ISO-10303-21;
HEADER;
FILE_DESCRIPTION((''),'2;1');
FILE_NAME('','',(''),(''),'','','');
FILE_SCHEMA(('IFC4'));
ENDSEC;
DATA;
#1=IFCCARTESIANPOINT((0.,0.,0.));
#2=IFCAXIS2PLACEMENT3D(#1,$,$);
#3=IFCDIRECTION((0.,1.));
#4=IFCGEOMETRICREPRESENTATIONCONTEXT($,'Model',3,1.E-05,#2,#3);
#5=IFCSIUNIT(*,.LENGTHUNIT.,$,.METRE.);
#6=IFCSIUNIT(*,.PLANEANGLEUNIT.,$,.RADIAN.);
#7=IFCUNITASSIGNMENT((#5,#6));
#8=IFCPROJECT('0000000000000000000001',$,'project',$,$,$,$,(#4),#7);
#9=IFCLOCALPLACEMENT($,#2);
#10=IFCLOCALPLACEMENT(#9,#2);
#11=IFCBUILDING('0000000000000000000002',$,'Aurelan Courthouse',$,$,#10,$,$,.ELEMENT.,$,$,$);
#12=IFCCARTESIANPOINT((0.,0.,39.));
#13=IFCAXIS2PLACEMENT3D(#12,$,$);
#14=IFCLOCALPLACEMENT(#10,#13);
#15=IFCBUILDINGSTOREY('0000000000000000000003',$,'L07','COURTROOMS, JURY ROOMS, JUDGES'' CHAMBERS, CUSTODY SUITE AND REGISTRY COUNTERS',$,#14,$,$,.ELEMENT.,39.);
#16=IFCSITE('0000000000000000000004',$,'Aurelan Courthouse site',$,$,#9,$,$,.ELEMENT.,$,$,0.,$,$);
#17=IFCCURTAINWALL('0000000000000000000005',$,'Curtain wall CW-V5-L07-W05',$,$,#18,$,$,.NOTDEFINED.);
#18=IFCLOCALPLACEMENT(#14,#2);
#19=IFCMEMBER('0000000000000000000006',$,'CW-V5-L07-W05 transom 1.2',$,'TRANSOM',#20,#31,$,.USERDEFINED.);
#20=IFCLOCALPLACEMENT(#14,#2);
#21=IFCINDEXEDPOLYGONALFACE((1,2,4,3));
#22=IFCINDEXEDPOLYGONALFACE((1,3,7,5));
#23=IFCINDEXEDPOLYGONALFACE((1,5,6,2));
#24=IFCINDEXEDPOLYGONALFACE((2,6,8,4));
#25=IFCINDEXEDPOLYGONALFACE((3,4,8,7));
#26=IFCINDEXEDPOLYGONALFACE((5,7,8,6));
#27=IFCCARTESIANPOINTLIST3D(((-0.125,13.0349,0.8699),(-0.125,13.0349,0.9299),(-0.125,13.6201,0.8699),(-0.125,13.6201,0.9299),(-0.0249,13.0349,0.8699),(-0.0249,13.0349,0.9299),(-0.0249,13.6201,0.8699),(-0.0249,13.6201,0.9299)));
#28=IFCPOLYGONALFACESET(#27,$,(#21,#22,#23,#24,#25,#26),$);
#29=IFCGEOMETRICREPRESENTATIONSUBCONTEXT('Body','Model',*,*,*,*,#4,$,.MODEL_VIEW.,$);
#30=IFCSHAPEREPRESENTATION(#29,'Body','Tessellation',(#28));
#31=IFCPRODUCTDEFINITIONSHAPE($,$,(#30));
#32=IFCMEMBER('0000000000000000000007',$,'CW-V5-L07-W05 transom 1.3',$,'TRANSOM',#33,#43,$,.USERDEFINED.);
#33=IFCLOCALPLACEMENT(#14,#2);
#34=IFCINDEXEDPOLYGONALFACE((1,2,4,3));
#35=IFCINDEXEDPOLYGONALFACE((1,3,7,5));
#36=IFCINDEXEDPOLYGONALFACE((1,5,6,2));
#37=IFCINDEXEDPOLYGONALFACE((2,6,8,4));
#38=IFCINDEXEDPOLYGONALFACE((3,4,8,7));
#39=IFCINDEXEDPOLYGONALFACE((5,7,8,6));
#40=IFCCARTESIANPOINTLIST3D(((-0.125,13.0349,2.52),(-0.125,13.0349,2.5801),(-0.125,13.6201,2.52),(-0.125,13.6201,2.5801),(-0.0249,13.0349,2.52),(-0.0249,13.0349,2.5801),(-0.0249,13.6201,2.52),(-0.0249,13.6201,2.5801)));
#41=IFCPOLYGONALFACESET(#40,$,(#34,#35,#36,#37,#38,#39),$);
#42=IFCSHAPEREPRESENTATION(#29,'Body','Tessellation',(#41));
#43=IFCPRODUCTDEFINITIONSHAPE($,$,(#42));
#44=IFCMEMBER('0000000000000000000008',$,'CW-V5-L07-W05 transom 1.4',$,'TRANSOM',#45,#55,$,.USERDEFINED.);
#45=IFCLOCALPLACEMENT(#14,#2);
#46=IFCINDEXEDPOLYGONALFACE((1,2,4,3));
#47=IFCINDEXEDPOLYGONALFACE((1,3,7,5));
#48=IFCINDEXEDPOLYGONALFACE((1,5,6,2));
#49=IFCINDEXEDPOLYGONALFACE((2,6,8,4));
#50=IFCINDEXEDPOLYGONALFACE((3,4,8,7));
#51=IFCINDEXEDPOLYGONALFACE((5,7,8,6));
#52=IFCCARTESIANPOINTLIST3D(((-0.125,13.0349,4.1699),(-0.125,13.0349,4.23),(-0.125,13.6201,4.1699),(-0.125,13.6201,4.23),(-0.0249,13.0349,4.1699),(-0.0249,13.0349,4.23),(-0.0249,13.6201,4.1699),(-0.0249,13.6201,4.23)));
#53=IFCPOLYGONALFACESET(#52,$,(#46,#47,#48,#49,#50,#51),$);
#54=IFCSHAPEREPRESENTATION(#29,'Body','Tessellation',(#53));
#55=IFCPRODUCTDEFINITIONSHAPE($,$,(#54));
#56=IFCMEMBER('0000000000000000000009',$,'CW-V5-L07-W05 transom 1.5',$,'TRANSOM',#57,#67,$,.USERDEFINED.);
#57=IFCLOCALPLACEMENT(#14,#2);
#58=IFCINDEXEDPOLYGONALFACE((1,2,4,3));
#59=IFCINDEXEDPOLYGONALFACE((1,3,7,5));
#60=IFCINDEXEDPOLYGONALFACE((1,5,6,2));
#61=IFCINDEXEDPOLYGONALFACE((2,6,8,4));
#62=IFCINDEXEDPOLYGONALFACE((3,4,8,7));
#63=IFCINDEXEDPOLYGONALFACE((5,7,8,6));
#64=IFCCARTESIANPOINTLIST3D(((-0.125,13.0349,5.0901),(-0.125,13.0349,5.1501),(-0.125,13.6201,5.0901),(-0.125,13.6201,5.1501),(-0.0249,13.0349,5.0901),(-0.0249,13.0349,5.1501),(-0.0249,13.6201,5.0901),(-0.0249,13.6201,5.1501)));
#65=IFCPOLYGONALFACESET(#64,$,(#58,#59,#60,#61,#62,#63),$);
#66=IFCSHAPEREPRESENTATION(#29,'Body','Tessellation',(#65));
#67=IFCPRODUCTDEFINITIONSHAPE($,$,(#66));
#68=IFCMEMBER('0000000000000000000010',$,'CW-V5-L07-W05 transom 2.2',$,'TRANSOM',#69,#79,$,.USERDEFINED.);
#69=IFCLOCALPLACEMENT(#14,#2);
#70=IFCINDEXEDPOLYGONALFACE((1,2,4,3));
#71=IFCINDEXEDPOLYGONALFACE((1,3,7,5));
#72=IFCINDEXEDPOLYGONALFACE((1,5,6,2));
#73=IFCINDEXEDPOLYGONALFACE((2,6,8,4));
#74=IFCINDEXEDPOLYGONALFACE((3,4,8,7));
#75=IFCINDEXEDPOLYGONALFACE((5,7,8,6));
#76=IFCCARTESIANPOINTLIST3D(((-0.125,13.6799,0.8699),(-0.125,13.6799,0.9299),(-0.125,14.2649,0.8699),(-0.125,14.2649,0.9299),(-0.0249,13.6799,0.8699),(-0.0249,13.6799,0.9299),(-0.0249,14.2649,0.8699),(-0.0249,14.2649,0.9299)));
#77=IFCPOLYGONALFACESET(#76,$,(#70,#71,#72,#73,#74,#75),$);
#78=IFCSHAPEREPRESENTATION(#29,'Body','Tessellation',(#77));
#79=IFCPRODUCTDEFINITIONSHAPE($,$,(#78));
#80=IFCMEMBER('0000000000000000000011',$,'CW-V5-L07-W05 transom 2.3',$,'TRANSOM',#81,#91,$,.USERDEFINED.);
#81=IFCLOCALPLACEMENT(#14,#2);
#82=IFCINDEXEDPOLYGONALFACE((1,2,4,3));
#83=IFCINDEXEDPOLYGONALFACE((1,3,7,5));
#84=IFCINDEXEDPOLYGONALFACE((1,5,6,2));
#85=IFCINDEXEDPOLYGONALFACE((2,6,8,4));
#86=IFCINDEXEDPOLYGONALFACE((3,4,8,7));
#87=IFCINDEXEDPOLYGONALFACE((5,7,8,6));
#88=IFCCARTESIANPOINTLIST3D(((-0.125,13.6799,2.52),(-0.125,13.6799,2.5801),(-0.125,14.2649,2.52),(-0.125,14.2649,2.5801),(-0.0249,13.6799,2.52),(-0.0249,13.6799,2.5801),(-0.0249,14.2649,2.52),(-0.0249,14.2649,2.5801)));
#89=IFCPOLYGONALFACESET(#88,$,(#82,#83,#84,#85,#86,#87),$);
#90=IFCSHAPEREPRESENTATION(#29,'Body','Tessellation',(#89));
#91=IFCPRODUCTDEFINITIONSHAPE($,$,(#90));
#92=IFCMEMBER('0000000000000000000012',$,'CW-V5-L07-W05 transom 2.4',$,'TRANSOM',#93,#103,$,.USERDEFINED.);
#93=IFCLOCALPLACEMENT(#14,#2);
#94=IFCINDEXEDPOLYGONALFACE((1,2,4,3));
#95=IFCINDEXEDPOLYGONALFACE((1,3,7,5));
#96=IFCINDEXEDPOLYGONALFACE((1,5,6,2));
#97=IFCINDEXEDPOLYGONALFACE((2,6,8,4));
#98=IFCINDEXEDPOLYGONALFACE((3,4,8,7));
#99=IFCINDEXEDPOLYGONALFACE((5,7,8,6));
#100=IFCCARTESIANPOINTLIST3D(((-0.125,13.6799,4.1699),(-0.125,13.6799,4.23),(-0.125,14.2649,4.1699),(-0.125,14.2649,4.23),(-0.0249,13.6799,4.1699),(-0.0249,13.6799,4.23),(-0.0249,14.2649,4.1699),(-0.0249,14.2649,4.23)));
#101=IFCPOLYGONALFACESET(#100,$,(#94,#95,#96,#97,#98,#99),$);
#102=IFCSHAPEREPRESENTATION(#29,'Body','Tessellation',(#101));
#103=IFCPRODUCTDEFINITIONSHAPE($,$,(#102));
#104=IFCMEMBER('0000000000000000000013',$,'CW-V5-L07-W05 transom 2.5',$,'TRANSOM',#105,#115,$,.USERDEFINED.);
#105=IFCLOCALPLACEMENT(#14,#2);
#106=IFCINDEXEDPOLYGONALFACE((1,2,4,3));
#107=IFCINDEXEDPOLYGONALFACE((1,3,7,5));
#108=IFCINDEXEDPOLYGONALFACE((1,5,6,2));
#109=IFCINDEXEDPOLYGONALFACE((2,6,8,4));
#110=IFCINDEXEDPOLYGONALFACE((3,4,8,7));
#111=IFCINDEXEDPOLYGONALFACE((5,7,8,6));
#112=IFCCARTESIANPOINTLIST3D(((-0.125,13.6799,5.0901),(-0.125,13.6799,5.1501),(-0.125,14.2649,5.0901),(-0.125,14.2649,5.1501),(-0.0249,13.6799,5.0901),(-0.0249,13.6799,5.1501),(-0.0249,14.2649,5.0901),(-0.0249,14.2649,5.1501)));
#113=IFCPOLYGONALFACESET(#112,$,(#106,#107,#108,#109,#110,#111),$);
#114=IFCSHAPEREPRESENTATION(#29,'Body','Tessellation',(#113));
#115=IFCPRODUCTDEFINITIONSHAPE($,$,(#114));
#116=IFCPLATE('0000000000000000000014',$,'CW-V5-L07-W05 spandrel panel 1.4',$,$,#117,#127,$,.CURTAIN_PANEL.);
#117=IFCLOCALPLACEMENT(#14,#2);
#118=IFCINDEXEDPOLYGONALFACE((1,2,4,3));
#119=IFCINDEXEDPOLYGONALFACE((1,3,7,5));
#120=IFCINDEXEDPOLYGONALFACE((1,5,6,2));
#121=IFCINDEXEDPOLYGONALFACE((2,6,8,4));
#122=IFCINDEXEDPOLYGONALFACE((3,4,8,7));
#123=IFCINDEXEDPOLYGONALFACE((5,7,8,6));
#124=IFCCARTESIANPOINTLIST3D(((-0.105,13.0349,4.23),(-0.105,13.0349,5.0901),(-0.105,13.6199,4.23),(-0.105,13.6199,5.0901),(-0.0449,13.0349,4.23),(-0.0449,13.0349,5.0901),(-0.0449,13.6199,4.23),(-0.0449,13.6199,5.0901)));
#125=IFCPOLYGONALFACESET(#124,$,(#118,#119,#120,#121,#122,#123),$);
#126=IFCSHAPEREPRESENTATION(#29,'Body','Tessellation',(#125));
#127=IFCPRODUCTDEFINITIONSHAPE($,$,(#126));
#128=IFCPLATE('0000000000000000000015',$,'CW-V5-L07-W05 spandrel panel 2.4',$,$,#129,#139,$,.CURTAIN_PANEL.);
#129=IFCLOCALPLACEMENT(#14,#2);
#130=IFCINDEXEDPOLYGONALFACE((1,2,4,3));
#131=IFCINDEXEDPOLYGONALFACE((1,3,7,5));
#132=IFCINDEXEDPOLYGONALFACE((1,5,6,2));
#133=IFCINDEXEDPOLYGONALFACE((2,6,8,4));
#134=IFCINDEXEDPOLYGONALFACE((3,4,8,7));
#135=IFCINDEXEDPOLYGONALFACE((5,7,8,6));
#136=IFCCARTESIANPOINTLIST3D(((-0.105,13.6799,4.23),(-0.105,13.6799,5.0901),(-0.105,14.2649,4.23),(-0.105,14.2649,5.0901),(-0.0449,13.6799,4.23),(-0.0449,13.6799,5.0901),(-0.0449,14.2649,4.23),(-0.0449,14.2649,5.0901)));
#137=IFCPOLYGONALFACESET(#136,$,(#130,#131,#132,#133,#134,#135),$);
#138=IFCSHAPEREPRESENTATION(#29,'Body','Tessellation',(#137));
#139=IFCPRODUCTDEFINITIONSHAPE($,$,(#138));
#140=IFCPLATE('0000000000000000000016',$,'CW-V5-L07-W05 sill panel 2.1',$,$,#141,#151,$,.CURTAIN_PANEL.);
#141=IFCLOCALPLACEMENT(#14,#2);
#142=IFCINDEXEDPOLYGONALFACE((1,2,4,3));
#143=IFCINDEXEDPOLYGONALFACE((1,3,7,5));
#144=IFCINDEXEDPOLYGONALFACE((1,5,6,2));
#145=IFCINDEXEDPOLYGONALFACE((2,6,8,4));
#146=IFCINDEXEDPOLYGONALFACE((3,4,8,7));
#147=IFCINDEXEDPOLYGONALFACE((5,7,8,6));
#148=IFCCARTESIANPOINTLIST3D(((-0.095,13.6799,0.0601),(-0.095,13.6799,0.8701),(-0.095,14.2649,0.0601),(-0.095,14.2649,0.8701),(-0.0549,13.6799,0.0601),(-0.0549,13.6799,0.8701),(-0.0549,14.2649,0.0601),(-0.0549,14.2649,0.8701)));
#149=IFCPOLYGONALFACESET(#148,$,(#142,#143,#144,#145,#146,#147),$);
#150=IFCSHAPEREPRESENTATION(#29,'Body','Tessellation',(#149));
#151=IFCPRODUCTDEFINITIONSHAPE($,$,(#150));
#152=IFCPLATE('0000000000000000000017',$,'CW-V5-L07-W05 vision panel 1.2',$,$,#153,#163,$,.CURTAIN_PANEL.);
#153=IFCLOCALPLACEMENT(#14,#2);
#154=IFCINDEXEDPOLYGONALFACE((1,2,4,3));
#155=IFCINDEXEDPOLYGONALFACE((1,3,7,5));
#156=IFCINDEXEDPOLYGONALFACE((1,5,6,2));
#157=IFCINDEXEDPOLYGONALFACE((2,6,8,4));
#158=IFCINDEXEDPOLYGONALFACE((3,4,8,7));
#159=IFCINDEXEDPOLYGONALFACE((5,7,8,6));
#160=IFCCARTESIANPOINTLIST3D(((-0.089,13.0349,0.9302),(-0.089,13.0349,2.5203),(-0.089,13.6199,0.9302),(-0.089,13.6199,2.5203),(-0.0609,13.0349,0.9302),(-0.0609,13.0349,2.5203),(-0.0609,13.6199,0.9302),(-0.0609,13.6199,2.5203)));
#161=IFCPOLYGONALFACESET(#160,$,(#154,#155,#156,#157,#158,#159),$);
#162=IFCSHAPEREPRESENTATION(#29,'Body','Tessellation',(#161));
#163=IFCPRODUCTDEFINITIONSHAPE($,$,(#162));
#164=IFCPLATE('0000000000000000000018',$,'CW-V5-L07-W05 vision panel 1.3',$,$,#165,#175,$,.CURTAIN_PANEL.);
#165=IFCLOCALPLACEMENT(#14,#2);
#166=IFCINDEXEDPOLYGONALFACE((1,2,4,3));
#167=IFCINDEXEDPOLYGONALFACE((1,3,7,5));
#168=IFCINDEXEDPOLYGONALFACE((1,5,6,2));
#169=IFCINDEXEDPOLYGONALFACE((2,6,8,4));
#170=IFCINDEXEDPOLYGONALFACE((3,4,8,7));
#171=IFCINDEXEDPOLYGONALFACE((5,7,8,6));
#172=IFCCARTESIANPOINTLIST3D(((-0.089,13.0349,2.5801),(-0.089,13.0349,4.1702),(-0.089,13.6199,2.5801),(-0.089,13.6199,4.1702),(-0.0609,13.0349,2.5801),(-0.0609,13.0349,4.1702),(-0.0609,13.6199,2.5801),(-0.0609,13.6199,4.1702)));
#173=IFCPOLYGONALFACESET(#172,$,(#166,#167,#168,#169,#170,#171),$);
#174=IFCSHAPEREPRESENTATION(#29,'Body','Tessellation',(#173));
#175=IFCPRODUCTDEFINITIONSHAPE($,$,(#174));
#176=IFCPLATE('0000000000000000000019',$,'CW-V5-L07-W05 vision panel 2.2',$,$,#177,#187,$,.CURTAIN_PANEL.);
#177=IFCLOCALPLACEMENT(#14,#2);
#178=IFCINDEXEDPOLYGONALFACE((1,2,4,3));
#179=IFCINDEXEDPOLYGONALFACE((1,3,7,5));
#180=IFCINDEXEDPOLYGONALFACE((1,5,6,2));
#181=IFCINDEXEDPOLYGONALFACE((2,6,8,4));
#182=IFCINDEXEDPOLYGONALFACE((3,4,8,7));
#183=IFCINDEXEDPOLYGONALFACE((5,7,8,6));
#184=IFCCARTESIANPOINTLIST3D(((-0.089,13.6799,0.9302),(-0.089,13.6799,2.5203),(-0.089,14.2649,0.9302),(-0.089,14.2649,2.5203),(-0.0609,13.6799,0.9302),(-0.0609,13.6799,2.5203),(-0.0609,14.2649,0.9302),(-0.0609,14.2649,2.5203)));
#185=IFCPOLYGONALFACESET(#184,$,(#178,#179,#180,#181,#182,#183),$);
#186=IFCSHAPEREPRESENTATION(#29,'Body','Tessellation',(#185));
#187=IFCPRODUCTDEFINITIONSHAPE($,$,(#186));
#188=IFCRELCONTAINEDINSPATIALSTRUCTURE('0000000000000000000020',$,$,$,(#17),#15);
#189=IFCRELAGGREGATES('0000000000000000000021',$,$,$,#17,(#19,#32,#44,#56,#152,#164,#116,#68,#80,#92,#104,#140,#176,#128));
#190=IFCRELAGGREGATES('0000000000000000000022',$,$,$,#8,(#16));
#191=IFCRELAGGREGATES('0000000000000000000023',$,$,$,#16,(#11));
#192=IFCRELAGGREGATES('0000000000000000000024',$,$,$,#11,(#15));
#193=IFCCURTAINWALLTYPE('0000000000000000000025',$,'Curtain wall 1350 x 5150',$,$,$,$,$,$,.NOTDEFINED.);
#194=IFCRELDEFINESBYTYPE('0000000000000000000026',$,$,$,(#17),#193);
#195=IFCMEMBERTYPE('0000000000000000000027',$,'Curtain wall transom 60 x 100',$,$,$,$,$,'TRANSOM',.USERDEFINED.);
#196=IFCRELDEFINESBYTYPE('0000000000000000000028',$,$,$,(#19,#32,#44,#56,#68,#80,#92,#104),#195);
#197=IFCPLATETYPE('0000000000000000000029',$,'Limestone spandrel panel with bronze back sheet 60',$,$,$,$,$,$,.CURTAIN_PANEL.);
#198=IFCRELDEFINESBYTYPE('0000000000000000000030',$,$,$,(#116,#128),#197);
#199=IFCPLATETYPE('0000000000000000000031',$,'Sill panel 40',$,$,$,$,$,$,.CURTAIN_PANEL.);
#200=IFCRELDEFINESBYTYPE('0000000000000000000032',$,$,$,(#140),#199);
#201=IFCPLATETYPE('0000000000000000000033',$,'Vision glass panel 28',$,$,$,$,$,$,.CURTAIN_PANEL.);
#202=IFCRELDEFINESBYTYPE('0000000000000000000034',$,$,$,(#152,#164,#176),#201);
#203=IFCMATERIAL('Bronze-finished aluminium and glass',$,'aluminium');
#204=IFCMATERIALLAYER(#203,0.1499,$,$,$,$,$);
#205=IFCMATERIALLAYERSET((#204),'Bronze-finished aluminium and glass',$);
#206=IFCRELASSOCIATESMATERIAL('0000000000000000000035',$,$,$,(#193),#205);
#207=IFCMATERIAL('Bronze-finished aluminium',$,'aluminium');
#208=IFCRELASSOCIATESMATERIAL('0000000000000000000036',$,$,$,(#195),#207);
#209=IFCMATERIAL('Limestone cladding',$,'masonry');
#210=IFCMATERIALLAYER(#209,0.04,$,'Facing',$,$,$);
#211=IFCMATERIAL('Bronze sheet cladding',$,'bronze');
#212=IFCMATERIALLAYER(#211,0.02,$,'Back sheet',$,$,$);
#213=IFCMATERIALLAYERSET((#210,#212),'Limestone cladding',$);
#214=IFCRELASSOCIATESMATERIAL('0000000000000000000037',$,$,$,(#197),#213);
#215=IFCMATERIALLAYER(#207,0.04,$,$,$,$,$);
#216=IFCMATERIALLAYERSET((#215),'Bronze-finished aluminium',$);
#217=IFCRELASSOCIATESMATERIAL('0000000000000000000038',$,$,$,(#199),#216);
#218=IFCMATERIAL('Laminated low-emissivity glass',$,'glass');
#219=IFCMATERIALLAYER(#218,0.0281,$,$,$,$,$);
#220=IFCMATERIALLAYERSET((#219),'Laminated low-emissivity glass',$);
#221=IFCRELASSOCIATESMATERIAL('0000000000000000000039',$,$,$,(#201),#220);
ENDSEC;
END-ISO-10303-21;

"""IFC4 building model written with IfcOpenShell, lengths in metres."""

from ifc_helpers import new_model, si_unit, direction, frame, origin, origin_2d, place, context, subcontext, project, spatial, rectangle, extrude, material, layer, layer_set, material_profile, profile_set, type_object, element, aggregate, save


model = new_model("IFC4")

# Units and contexts
model_context = context("Model", 3, precision=1e-05, world=origin(), true_north=direction((0.0, 1.0)))
body_context = subcontext(model_context, "Body", "Model", "MODEL_VIEW")
ifc_project = project(units=[si_unit("LENGTHUNIT", "METRE"), si_unit("PLANEANGLEUNIT", "RADIAN")], contexts=[model_context])

# Site, building, storey
site_placement = place(None, origin())
site = spatial("IfcSite", under=ifc_project, at=site_placement, Name="Aurelan Courthouse site", CompositionType="ELEMENT", RefElevation=0.0)
building_placement = place(site_placement, origin())
building = spatial("IfcBuilding", under=site, at=building_placement, Name="Aurelan Courthouse", CompositionType="ELEMENT")
storey_placement = place(building_placement, frame((0.0, 0.0, 39.0)))
storey = spatial("IfcBuildingStorey", under=building, at=storey_placement, Name="L07", Description="COURTROOMS, JURY ROOMS, JUDGES' CHAMBERS, CUSTODY SUITE AND REGISTRY COUNTERS", CompositionType="ELEMENT", Elevation=39.0)

# Curtain wall, members, plates
ifc_material_1 = material(Name="Bronze-finished aluminium and glass", Category="aluminium")
ifc_layer_1 = layer(ifc_material_1, 0.1499)
ifc_layer_set_1 = layer_set([ifc_layer_1], Name="Bronze-finished aluminium and glass")
curtain_wall_type = type_object("IfcCurtainWallType", Name="Curtain wall 1350 x 5150", PredefinedType="NOTDEFINED", material=ifc_layer_set_1)
curtain_wall_placement = place(storey_placement, origin())
curtain_wall = element("IfcCurtainWall", 1, at=curtain_wall_placement, inside=storey, type_object=curtain_wall_type, Name="Curtain wall CW-V5-L07-W05", PredefinedType="NOTDEFINED")
ifc_material_2 = material(Name="Bronze-finished aluminium", Category="aluminium")
ifc_material_profile = material_profile(ifc_material_2, rectangle(XDim=0.1001, YDim=0.0601, at=origin_2d()), Name="Bronze transom 60 x 100")
ifc_profile_set = profile_set([ifc_material_profile], Name="Bronze-finished aluminium")
member_type = type_object("IfcMemberType", Name="Curtain wall transom 60 x 100", ElementType="TRANSOM", PredefinedType="USERDEFINED", material=ifc_profile_set)
member_1_placement = place(storey_placement, frame((-0.075, 13.0349, 0.8999), z_axis=(0.0, 1.0, 0.0), x_axis=(-1.0, 0.0, 0.0)))
member_1 = element("IfcMember", 2, at=member_1_placement, type_object=member_type, Name="CW-V5-L07-W05 transom 1.2", ObjectType="TRANSOM", PredefinedType="USERDEFINED", context=body_context, shape_type="SweptSolid", body=[
    extrude(rectangle(XDim=0.1001, YDim=0.0601, at=origin_2d()), origin(), (0.0, 0.0, 1.0), 0.5852),
])
member_2_placement = place(storey_placement, frame((-0.075, 13.0349, 2.55), z_axis=(0.0, 1.0, 0.0), x_axis=(-1.0, 0.0, 0.0)))
member_2 = element("IfcMember", 3, at=member_2_placement, type_object=member_type, Name="CW-V5-L07-W05 transom 1.3", ObjectType="TRANSOM", PredefinedType="USERDEFINED", context=body_context, shape_type="SweptSolid", body=[
    extrude(rectangle(XDim=0.1001, YDim=0.0601, at=origin_2d()), origin(), (0.0, 0.0, 1.0), 0.5852),
])
member_3_placement = place(storey_placement, frame((-0.075, 13.0349, 4.2), z_axis=(0.0, 1.0, 0.0), x_axis=(-1.0, 0.0, 0.0)))
member_3 = element("IfcMember", 4, at=member_3_placement, type_object=member_type, Name="CW-V5-L07-W05 transom 1.4", ObjectType="TRANSOM", PredefinedType="USERDEFINED", context=body_context, shape_type="SweptSolid", body=[
    extrude(rectangle(XDim=0.1001, YDim=0.0601, at=origin_2d()), origin(), (0.0, 0.0, 1.0), 0.5852),
])
member_4_placement = place(storey_placement, frame((-0.075, 13.0349, 5.1201), z_axis=(0.0, 1.0, 0.0), x_axis=(-1.0, 0.0, 0.0)))
member_4 = element("IfcMember", 5, at=member_4_placement, type_object=member_type, Name="CW-V5-L07-W05 transom 1.5", ObjectType="TRANSOM", PredefinedType="USERDEFINED", context=body_context, shape_type="SweptSolid", body=[
    extrude(rectangle(XDim=0.1001, YDim=0.0601, at=origin_2d()), origin(), (0.0, 0.0, 1.0), 0.5852),
])
member_5_placement = place(storey_placement, frame((-0.075, 13.6799, 0.8999), z_axis=(0.0, 1.0, 0.0), x_axis=(-1.0, 0.0, 0.0)))
member_5 = element("IfcMember", 6, at=member_5_placement, type_object=member_type, Name="CW-V5-L07-W05 transom 2.2", ObjectType="TRANSOM", PredefinedType="USERDEFINED", context=body_context, shape_type="SweptSolid", body=[
    extrude(rectangle(XDim=0.1001, YDim=0.0601, at=origin_2d()), origin(), (0.0, 0.0, 1.0), 0.585),
])
member_6_placement = place(storey_placement, frame((-0.075, 13.6799, 2.55), z_axis=(0.0, 1.0, 0.0), x_axis=(-1.0, 0.0, 0.0)))
member_6 = element("IfcMember", 7, at=member_6_placement, type_object=member_type, Name="CW-V5-L07-W05 transom 2.3", ObjectType="TRANSOM", PredefinedType="USERDEFINED", context=body_context, shape_type="SweptSolid", body=[
    extrude(rectangle(XDim=0.1001, YDim=0.0601, at=origin_2d()), origin(), (0.0, 0.0, 1.0), 0.585),
])
member_7_placement = place(storey_placement, frame((-0.075, 13.6799, 4.2), z_axis=(0.0, 1.0, 0.0), x_axis=(-1.0, 0.0, 0.0)))
member_7 = element("IfcMember", 8, at=member_7_placement, type_object=member_type, Name="CW-V5-L07-W05 transom 2.4", ObjectType="TRANSOM", PredefinedType="USERDEFINED", context=body_context, shape_type="SweptSolid", body=[
    extrude(rectangle(XDim=0.1001, YDim=0.0601, at=origin_2d()), origin(), (0.0, 0.0, 1.0), 0.585),
])
member_8_placement = place(storey_placement, frame((-0.075, 13.6799, 5.1201), z_axis=(0.0, 1.0, 0.0), x_axis=(-1.0, 0.0, 0.0)))
member_8 = element("IfcMember", 9, at=member_8_placement, type_object=member_type, Name="CW-V5-L07-W05 transom 2.5", ObjectType="TRANSOM", PredefinedType="USERDEFINED", context=body_context, shape_type="SweptSolid", body=[
    extrude(rectangle(XDim=0.1001, YDim=0.0601, at=origin_2d()), origin(), (0.0, 0.0, 1.0), 0.585),
])
ifc_material_3 = material(Name="Limestone cladding", Category="masonry")
ifc_layer_2 = layer(ifc_material_3, 0.04, Name="Facing")
ifc_material_4 = material(Name="Bronze sheet cladding", Category="bronze")
ifc_layer_3 = layer(ifc_material_4, 0.02, Name="Back sheet")
ifc_layer_set_2 = layer_set([ifc_layer_2, ifc_layer_3], Name="Limestone cladding")
plate_type_1 = type_object("IfcPlateType", Name="Limestone spandrel panel with bronze back sheet 60", PredefinedType="CURTAIN_PANEL", material=ifc_layer_set_2)
plate_1_placement = place(storey_placement, frame((-0.075, 13.3274, 4.23), z_axis=(0.0, 0.0, 1.0), x_axis=(0.0, 1.0, 0.0)))
plate_1 = element("IfcPlate", 10, at=plate_1_placement, type_object=plate_type_1, Name="CW-V5-L07-W05 spandrel panel 1.4", PredefinedType="CURTAIN_PANEL", context=body_context, shape_type="SweptSolid", body=[
    extrude(rectangle(XDim=0.585, YDim=0.0601, at=origin_2d()), origin(), (0.0, 0.0, 1.0), 0.8601),
])
plate_2_placement = place(storey_placement, frame((-0.075, 13.9724, 4.23), z_axis=(0.0, 0.0, 1.0), x_axis=(0.0, 1.0, 0.0)))
plate_2 = element("IfcPlate", 11, at=plate_2_placement, type_object=plate_type_1, Name="CW-V5-L07-W05 spandrel panel 2.4", PredefinedType="CURTAIN_PANEL", context=body_context, shape_type="SweptSolid", body=[
    extrude(rectangle(XDim=0.585, YDim=0.0601, at=origin_2d()), origin(), (0.0, 0.0, 1.0), 0.8601),
])
ifc_layer_4 = layer(ifc_material_2, 0.04)
ifc_layer_set_3 = layer_set([ifc_layer_4], Name="Bronze-finished aluminium")
plate_type_2 = type_object("IfcPlateType", Name="Sill panel 40", PredefinedType="CURTAIN_PANEL", material=ifc_layer_set_3)
plate_3_placement = place(storey_placement, frame((-0.075, 13.9724, 0.0601), z_axis=(0.0, 0.0, 1.0), x_axis=(0.0, 1.0, 0.0)))
plate_3 = element("IfcPlate", 12, at=plate_3_placement, type_object=plate_type_2, Name="CW-V5-L07-W05 sill panel 2.1", PredefinedType="CURTAIN_PANEL", context=body_context, shape_type="SweptSolid", body=[
    extrude(rectangle(XDim=0.585, YDim=0.04, at=origin_2d()), origin(), (0.0, 0.0, 1.0), 0.8101),
])
ifc_material_5 = material(Name="Laminated low-emissivity glass", Category="glass")
ifc_layer_5 = layer(ifc_material_5, 0.0281)
ifc_layer_set_4 = layer_set([ifc_layer_5], Name="Laminated low-emissivity glass")
plate_type_3 = type_object("IfcPlateType", Name="Vision glass panel 28", PredefinedType="CURTAIN_PANEL", material=ifc_layer_set_4)
plate_4_placement = place(storey_placement, frame((-0.075, 13.3274, 0.9302), z_axis=(0.0, 0.0, 1.0), x_axis=(0.0, 1.0, 0.0)))
plate_4 = element("IfcPlate", 13, at=plate_4_placement, type_object=plate_type_3, Name="CW-V5-L07-W05 vision panel 1.2", PredefinedType="CURTAIN_PANEL", context=body_context, shape_type="SweptSolid", body=[
    extrude(rectangle(XDim=0.585, YDim=0.0281, at=origin_2d()), origin(), (0.0, 0.0, 1.0), 1.5901),
])
plate_5_placement = place(storey_placement, frame((-0.075, 13.3274, 2.5801), z_axis=(0.0, 0.0, 1.0), x_axis=(0.0, 1.0, 0.0)))
plate_5 = element("IfcPlate", 14, at=plate_5_placement, type_object=plate_type_3, Name="CW-V5-L07-W05 vision panel 1.3", PredefinedType="CURTAIN_PANEL", context=body_context, shape_type="SweptSolid", body=[
    extrude(rectangle(XDim=0.585, YDim=0.0281, at=origin_2d()), origin(), (0.0, 0.0, 1.0), 1.5901),
])
plate_6_placement = place(storey_placement, frame((-0.075, 13.9724, 0.9302), z_axis=(0.0, 0.0, 1.0), x_axis=(0.0, 1.0, 0.0)))
plate_6 = element("IfcPlate", 15, at=plate_6_placement, type_object=plate_type_3, Name="CW-V5-L07-W05 vision panel 2.2", PredefinedType="CURTAIN_PANEL", context=body_context, shape_type="SweptSolid", body=[
    extrude(rectangle(XDim=0.585, YDim=0.0281, at=origin_2d()), origin(), (0.0, 0.0, 1.0), 1.5901),
])
aggregate(curtain_wall, [member_1, member_2, member_3, member_4, plate_4, plate_5, plate_1, member_5, member_6, member_7, member_8, plate_3, plate_6, plate_2])

save(model, "model.ifc")
